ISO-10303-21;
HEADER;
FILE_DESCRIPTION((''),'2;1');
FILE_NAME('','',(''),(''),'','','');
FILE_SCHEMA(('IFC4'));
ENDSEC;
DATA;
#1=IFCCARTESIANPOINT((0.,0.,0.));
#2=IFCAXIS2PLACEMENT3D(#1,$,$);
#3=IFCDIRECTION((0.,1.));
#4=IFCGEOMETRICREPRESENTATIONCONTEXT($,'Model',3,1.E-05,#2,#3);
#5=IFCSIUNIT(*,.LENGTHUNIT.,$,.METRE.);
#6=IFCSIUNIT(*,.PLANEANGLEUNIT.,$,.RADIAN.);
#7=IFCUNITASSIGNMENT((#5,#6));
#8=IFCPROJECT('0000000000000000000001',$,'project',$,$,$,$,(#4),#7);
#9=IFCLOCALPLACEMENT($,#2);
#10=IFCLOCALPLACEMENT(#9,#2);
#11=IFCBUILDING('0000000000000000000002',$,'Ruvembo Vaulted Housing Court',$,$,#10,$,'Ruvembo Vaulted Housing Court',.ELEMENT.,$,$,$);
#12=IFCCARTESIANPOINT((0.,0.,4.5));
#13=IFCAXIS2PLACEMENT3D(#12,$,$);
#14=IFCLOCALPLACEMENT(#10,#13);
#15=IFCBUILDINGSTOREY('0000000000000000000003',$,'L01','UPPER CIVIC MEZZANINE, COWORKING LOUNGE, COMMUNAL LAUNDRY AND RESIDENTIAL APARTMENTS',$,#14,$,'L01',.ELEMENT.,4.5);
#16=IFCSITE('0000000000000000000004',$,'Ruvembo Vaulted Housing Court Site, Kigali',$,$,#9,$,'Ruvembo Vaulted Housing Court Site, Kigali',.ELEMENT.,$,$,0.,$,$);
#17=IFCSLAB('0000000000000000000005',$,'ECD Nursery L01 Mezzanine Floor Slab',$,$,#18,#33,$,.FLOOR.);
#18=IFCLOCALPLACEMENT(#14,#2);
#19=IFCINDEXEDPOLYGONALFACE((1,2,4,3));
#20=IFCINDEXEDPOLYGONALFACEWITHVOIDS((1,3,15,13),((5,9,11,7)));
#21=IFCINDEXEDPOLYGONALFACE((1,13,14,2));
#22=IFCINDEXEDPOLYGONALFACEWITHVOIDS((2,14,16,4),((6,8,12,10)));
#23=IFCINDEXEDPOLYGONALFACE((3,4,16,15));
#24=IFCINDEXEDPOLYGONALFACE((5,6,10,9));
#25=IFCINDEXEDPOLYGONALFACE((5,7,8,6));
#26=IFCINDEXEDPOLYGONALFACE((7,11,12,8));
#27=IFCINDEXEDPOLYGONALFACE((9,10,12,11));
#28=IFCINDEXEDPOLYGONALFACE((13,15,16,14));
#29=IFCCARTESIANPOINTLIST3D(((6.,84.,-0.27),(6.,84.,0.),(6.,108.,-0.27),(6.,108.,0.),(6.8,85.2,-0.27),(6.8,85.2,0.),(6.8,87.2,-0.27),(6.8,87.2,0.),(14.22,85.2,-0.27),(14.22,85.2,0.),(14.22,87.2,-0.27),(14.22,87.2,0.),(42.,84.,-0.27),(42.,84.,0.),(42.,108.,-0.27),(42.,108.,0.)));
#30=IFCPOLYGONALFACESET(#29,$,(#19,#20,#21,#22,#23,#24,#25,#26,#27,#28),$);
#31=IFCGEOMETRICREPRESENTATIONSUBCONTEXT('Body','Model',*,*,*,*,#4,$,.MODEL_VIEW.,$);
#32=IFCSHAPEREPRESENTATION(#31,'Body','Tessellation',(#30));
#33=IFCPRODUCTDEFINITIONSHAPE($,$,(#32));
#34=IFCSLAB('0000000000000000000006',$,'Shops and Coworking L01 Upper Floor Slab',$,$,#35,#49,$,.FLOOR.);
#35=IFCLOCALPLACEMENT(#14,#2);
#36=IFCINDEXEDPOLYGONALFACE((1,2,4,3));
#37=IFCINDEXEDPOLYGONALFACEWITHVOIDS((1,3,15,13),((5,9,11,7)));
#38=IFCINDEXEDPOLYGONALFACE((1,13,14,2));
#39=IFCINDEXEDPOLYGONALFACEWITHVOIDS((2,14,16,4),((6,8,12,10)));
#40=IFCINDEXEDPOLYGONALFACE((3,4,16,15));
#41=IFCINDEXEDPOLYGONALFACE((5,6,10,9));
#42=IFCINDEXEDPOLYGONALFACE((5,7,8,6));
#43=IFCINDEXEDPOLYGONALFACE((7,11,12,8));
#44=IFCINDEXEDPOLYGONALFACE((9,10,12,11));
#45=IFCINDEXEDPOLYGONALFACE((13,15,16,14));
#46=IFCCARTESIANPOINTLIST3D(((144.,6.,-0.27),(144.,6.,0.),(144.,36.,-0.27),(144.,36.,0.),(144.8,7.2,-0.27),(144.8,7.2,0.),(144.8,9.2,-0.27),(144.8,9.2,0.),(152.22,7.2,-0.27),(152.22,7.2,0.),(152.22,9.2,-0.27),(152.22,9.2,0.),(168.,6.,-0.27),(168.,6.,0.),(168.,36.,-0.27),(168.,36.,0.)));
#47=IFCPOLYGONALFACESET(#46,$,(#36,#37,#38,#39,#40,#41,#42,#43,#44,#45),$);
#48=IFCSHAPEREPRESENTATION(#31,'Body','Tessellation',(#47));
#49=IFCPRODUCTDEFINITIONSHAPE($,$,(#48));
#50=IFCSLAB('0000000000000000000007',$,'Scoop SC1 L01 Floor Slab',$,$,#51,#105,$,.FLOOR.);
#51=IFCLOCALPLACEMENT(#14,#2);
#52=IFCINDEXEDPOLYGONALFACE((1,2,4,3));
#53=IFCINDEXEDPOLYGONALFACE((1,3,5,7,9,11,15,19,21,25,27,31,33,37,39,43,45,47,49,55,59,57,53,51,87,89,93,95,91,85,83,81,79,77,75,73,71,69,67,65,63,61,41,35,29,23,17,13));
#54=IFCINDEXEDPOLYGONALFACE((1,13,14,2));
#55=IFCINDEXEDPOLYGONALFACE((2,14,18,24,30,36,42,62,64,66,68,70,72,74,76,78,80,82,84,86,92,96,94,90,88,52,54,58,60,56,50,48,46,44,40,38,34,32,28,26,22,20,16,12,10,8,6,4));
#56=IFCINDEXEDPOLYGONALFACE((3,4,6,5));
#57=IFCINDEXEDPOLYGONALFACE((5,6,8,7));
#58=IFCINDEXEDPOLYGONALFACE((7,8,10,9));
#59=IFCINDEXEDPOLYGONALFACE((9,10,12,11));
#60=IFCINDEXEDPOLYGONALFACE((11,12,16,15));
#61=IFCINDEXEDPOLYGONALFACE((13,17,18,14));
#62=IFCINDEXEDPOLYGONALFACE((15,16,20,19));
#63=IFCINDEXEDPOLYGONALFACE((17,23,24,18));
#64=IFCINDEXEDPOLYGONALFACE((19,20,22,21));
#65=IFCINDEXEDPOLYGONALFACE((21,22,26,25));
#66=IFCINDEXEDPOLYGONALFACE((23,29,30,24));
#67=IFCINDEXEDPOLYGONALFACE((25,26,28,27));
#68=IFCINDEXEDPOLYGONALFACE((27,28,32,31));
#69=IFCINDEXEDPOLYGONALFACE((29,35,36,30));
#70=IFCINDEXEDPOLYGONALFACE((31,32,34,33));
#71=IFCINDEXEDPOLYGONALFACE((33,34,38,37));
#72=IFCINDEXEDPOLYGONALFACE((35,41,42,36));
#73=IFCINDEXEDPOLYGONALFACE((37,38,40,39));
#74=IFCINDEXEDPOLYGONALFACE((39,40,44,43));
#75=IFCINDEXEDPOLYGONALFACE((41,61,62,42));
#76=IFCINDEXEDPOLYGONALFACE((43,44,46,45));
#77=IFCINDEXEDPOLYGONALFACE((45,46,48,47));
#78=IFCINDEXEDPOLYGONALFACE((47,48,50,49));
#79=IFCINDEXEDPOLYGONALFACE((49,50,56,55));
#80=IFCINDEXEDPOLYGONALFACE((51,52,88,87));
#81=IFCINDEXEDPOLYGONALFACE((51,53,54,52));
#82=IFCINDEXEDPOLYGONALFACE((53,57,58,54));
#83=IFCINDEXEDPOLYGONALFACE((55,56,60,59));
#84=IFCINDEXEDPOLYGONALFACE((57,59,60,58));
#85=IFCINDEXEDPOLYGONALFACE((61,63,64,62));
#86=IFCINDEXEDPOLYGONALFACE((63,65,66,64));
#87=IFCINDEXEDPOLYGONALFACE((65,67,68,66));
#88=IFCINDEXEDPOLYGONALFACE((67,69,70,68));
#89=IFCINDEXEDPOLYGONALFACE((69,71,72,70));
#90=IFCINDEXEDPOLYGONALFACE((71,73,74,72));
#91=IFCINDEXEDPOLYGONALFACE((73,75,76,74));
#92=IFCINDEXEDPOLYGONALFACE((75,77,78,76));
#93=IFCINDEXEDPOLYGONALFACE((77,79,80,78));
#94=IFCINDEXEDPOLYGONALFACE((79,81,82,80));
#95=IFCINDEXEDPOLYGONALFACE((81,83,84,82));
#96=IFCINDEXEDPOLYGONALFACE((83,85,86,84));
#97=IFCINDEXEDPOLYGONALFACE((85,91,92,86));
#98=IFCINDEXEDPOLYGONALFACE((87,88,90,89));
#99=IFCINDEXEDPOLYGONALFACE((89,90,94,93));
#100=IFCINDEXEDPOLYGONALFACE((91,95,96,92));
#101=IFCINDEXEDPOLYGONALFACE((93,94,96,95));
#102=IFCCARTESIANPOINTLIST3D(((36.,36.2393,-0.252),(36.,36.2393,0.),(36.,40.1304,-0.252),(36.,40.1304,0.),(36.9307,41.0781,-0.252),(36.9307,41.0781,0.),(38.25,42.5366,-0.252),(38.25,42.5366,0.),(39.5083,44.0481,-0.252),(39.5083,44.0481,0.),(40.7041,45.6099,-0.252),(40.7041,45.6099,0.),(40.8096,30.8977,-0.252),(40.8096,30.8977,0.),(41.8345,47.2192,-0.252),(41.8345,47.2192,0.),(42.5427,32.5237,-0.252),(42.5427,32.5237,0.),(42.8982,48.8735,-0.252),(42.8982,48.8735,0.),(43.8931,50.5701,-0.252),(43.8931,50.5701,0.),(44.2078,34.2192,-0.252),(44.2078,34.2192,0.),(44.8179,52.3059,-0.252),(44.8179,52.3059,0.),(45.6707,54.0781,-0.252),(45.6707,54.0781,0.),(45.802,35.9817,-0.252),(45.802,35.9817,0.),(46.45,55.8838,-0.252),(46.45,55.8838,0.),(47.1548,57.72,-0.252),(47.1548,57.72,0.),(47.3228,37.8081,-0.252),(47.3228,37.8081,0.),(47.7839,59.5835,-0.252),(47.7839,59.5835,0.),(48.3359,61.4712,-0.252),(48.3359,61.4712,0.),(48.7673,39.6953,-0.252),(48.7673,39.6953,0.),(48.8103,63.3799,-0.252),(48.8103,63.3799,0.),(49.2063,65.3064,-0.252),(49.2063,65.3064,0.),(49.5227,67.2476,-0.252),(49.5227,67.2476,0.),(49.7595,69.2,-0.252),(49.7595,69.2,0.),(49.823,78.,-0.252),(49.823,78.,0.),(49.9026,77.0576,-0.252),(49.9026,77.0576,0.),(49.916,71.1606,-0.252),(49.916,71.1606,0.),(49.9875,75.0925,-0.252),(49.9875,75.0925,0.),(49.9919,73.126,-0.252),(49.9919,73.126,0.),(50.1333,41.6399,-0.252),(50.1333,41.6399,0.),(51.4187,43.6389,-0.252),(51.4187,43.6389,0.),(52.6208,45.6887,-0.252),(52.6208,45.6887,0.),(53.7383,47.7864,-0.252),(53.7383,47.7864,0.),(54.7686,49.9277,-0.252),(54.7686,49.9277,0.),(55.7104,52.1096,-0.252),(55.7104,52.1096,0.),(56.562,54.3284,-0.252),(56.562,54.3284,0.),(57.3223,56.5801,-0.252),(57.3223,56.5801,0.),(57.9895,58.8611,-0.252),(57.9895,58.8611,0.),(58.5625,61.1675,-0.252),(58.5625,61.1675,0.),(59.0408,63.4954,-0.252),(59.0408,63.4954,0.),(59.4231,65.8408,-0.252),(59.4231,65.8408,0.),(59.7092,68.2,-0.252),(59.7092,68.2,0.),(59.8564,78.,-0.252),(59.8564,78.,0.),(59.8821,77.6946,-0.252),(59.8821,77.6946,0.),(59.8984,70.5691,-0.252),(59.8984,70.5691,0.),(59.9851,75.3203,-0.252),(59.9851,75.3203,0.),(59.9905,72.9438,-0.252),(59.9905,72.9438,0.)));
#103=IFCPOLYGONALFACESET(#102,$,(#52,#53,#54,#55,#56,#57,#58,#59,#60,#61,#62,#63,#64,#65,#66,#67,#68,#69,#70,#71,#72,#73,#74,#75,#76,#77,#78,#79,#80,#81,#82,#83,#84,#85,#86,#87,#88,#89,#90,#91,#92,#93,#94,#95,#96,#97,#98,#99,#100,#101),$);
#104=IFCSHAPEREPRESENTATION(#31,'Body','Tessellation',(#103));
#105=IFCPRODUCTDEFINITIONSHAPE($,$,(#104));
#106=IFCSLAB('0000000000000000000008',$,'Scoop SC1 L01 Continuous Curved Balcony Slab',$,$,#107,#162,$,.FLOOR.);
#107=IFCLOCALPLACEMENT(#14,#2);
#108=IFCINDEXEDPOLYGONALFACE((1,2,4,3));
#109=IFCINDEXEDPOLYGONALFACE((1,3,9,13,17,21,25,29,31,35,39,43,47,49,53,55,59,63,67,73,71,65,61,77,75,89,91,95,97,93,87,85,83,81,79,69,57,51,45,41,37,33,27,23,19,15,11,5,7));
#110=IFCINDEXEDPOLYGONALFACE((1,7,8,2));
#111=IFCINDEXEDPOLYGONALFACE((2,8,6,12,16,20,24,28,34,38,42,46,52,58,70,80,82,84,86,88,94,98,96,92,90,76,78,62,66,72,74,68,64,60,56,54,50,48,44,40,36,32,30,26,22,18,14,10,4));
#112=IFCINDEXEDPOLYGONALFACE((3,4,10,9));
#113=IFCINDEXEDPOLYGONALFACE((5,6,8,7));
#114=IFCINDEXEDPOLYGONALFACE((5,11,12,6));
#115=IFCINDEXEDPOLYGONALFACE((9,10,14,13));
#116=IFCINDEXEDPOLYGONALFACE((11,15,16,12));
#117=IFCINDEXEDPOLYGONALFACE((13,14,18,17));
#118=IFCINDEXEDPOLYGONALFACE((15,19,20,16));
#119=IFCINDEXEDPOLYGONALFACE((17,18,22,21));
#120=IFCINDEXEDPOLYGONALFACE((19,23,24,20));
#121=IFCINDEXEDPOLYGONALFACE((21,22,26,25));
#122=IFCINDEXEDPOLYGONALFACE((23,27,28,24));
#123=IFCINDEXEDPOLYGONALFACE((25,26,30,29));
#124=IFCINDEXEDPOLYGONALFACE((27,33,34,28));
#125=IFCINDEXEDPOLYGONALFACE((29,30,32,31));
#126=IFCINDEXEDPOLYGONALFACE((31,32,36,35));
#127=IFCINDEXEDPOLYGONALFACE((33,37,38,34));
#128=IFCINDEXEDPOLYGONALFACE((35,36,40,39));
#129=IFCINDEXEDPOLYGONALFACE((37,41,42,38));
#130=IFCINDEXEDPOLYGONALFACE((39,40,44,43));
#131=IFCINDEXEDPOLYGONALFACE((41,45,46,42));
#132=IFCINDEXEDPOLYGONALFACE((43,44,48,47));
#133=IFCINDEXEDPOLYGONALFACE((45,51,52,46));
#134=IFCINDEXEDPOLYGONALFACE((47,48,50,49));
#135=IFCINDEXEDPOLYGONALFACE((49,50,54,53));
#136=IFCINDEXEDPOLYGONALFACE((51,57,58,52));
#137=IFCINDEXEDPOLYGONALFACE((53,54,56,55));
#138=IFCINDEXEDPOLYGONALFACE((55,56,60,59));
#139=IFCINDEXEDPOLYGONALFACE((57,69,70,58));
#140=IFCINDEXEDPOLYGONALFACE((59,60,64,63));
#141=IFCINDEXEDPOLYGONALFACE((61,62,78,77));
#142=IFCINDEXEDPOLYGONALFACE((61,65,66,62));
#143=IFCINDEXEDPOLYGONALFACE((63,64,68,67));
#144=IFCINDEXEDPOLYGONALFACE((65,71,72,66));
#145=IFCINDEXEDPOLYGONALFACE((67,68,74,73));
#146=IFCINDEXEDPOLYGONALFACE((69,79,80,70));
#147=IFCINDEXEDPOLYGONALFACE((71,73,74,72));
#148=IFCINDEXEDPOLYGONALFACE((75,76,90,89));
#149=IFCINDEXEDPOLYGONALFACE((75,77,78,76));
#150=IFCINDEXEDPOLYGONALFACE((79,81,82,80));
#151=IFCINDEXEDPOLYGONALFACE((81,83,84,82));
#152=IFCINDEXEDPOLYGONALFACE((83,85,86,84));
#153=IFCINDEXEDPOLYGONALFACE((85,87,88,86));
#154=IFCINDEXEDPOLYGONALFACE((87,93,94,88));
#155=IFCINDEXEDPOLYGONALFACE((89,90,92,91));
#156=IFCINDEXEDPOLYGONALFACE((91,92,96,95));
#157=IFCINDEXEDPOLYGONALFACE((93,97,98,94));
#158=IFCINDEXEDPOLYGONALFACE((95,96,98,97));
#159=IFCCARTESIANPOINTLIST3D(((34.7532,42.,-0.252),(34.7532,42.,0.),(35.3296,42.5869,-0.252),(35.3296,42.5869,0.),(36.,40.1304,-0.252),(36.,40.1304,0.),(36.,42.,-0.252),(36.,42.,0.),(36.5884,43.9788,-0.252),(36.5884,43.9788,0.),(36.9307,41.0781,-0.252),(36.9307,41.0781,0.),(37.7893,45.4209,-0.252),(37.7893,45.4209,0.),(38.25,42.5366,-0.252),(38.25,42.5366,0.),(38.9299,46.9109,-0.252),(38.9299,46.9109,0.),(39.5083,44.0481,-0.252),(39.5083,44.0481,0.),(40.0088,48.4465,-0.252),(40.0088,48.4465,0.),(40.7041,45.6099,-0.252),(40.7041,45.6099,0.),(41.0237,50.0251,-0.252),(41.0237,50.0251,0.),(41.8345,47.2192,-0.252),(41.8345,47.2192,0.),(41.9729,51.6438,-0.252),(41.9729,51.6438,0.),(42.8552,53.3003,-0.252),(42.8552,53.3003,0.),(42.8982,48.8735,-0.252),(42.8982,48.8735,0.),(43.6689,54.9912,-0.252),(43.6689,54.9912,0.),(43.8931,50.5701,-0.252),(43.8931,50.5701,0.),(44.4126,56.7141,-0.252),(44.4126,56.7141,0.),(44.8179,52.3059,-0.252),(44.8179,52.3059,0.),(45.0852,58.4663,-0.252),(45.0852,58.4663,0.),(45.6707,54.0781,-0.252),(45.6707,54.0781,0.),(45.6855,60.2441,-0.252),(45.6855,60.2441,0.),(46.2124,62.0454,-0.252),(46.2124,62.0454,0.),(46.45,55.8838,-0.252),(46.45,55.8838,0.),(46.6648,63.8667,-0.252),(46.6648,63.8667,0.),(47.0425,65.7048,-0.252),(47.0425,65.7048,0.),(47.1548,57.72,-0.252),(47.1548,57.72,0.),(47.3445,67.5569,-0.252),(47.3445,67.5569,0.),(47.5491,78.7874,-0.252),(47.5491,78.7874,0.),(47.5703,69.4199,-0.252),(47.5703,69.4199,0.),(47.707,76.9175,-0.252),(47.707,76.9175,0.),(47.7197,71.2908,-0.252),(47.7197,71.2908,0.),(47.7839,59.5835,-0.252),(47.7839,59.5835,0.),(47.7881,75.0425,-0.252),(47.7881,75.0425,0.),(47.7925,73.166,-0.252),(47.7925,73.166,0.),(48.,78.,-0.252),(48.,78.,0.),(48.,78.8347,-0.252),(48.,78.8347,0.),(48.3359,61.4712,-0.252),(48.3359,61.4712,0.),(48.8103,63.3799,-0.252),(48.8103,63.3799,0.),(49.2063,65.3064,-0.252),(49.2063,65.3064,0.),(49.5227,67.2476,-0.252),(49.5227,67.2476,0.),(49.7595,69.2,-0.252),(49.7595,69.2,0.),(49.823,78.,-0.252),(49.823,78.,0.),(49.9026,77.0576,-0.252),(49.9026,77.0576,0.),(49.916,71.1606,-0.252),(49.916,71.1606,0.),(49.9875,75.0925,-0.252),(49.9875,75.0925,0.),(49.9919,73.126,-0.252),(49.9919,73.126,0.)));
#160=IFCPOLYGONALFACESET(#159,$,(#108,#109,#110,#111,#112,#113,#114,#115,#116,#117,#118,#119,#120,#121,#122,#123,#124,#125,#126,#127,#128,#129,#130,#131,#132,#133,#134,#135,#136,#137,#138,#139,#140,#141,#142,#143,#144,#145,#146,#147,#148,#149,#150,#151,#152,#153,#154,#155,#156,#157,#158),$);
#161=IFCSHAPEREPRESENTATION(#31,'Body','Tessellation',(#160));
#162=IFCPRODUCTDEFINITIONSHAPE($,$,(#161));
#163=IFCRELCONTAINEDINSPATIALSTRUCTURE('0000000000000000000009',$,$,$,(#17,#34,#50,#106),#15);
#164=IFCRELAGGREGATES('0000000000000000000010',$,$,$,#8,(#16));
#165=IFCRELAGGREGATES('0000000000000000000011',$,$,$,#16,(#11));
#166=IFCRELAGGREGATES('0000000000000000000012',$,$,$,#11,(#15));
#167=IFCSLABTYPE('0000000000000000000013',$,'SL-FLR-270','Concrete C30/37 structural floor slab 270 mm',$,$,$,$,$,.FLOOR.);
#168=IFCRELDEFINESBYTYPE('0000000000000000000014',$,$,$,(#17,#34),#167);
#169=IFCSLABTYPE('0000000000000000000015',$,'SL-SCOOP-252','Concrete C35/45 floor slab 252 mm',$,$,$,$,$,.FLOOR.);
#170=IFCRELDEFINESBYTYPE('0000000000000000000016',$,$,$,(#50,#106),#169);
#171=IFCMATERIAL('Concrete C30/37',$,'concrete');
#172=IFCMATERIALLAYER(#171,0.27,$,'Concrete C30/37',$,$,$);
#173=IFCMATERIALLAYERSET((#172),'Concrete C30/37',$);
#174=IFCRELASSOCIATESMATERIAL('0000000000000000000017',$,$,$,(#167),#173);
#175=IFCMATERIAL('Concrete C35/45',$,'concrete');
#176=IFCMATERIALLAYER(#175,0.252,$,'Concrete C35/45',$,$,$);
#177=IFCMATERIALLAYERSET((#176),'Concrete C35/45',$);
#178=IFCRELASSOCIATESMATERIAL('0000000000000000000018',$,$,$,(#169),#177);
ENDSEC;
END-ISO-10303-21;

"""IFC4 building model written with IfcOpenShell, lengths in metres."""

from ifc_helpers import new_model, si_unit, direction, frame, origin, place, context, subcontext, project, spatial, polyline, outline, extrude, material, layer, layer_set, type_object, element, save


model = new_model("IFC4")

# Units and contexts
model_context = context("Model", 3, precision=1e-05, world=origin(), true_north=direction((0.0, 1.0)))
body_context = subcontext(model_context, "Body", "Model", "MODEL_VIEW")
ifc_project = project(units=[si_unit("LENGTHUNIT", "METRE"), si_unit("PLANEANGLEUNIT", "RADIAN")], contexts=[model_context])

# Site, building, storey
site_placement = place(None, origin())
site = spatial("IfcSite", under=ifc_project, at=site_placement, Name="Ruvembo Vaulted Housing Court Site, Kigali", LongName="Ruvembo Vaulted Housing Court Site, Kigali", CompositionType="ELEMENT", RefElevation=0.0)
building_placement = place(site_placement, origin())
building = spatial("IfcBuilding", under=site, at=building_placement, Name="Ruvembo Vaulted Housing Court", LongName="Ruvembo Vaulted Housing Court", CompositionType="ELEMENT")
storey_placement = place(building_placement, frame((0.0, 0.0, 4.5)))
storey = spatial("IfcBuildingStorey", under=building, at=storey_placement, Name="L01", Description="UPPER CIVIC MEZZANINE, COWORKING LOUNGE, COMMUNAL LAUNDRY AND RESIDENTIAL APARTMENTS", LongName="L01", CompositionType="ELEMENT", Elevation=4.5)

# Slabs
ifc_material_1 = material(Name="Concrete C30/37", Category="concrete")
ifc_layer_1 = layer(ifc_material_1, 0.27, Name="Concrete C30/37")
ifc_layer_set_1 = layer_set([ifc_layer_1], Name="Concrete C30/37")
slab_type_1 = type_object("IfcSlabType", Name="SL-FLR-270", Description="Concrete C30/37 structural floor slab 270 mm", PredefinedType="FLOOR", material=ifc_layer_set_1)
slab_1_placement = place(storey_placement, frame((0.0, 0.0, -0.27)))
element("IfcSlab", 1, at=slab_1_placement, inside=storey, type_object=slab_type_1, Name="ECD Nursery L01 Mezzanine Floor Slab", PredefinedType="FLOOR", context=body_context, shape_type="SweptSolid", body=[
    extrude(outline(polyline([(6.0, 84.0), (42.0, 84.0), (42.0, 108.0), (6.0, 108.0), (6.0, 84.0)]), holes=[polyline([(6.8, 85.2), (14.22, 85.2), (14.22, 87.2), (6.8, 87.2), (6.8, 85.2)])]), origin(), (0.0, 0.0, 1.0), 0.27),
])
slab_2_placement = place(storey_placement, frame((0.0, 0.0, -0.27)))
element("IfcSlab", 2, at=slab_2_placement, inside=storey, type_object=slab_type_1, Name="Shops and Coworking L01 Upper Floor Slab", PredefinedType="FLOOR", context=body_context, shape_type="SweptSolid", body=[
    extrude(outline(polyline([(144.0, 6.0), (168.0, 6.0), (168.0, 36.0), (144.0, 36.0), (144.0, 6.0)]), holes=[polyline([(144.8, 7.2), (152.22, 7.2), (152.22, 9.2), (144.8, 9.2), (144.8, 7.2)])]), origin(), (0.0, 0.0, 1.0), 0.27),
])
ifc_material_2 = material(Name="Concrete C35/45", Category="concrete")
ifc_layer_2 = layer(ifc_material_2, 0.252, Name="Concrete C35/45")
ifc_layer_set_2 = layer_set([ifc_layer_2], Name="Concrete C35/45")
slab_type_2 = type_object("IfcSlabType", Name="SL-SCOOP-252", Description="Concrete C35/45 floor slab 252 mm", PredefinedType="FLOOR", material=ifc_layer_set_2)
slab_3_placement = place(storey_placement, frame((0.0, 0.0, -0.252)))
element("IfcSlab", 3, at=slab_3_placement, inside=storey, type_object=slab_type_2, Name="Scoop SC1 L01 Floor Slab", PredefinedType="FLOOR", context=body_context, shape_type="SweptSolid", body=[
    extrude(outline(polyline([(36.0, 40.1304), (36.0, 36.2393), (40.8096, 30.8977), (42.5427, 32.5237), (44.2078, 34.2192), (45.802, 35.9817), (47.3228, 37.8081), (48.7673, 39.6953), (50.1333, 41.6399), (51.4187, 43.6389), (52.6208, 45.6887), (53.7383, 47.7864), (54.7686, 49.9277), (55.7104, 52.1096), (56.562, 54.3284), (57.3223, 56.5801), (57.9895, 58.8611), (58.5625, 61.1675), (59.0408, 63.4954), (59.4231, 65.8408), (59.7092, 68.2), (59.8984, 70.5691), (59.9905, 72.9438), (59.9851, 75.3203), (59.8821, 77.6946), (59.8564, 78.0), (49.823, 78.0), (49.9026, 77.0576), (49.9875, 75.0925), (49.9919, 73.126), (49.916, 71.1606), (49.7595, 69.2), (49.5227, 67.2476), (49.2063, 65.3064), (48.8103, 63.3799), (48.3359, 61.4712), (47.7839, 59.5835), (47.1548, 57.72), (46.45, 55.8838), (45.6707, 54.0781), (44.8179, 52.3059), (43.8931, 50.5701), (42.8982, 48.8735), (41.8345, 47.2192), (40.7041, 45.6099), (39.5083, 44.0481), (38.25, 42.5366), (36.9307, 41.0781), (36.0, 40.1304)])), origin(), (0.0, 0.0, 1.0), 0.252),
])
slab_4_placement = place(storey_placement, frame((0.0, 0.0, -0.252)))
element("IfcSlab", 4, at=slab_4_placement, inside=storey, type_object=slab_type_2, Name="Scoop SC1 L01 Continuous Curved Balcony Slab", PredefinedType="FLOOR", context=body_context, shape_type="SweptSolid", body=[
    extrude(outline(polyline([(34.7532, 42.0), (36.0, 42.0), (36.0, 40.1304), (36.9307, 41.0781), (38.25, 42.5366), (39.5083, 44.0481), (40.7041, 45.6099), (41.8345, 47.2192), (42.8982, 48.8735), (43.8931, 50.5701), (44.8179, 52.3059), (45.6707, 54.0781), (46.45, 55.8838), (47.1548, 57.72), (47.7839, 59.5835), (48.3359, 61.4712), (48.8103, 63.3799), (49.2063, 65.3064), (49.5227, 67.2476), (49.7595, 69.2), (49.916, 71.1606), (49.9919, 73.126), (49.9875, 75.0925), (49.9026, 77.0576), (49.823, 78.0), (48.0, 78.0), (48.0, 78.8347), (47.5491, 78.7874), (47.707, 76.9175), (47.7881, 75.0425), (47.7925, 73.166), (47.7197, 71.2908), (47.5703, 69.4199), (47.3445, 67.5569), (47.0425, 65.7048), (46.6648, 63.8667), (46.2124, 62.0454), (45.6855, 60.2441), (45.0852, 58.4663), (44.4126, 56.7141), (43.6689, 54.9912), (42.8552, 53.3003), (41.9729, 51.6438), (41.0237, 50.0251), (40.0088, 48.4465), (38.9299, 46.9109), (37.7893, 45.4209), (36.5884, 43.9788), (35.3296, 42.5869), (34.7532, 42.0)])), origin(), (0.0, 0.0, 1.0), 0.252),
])

save(model, "model.ifc")
